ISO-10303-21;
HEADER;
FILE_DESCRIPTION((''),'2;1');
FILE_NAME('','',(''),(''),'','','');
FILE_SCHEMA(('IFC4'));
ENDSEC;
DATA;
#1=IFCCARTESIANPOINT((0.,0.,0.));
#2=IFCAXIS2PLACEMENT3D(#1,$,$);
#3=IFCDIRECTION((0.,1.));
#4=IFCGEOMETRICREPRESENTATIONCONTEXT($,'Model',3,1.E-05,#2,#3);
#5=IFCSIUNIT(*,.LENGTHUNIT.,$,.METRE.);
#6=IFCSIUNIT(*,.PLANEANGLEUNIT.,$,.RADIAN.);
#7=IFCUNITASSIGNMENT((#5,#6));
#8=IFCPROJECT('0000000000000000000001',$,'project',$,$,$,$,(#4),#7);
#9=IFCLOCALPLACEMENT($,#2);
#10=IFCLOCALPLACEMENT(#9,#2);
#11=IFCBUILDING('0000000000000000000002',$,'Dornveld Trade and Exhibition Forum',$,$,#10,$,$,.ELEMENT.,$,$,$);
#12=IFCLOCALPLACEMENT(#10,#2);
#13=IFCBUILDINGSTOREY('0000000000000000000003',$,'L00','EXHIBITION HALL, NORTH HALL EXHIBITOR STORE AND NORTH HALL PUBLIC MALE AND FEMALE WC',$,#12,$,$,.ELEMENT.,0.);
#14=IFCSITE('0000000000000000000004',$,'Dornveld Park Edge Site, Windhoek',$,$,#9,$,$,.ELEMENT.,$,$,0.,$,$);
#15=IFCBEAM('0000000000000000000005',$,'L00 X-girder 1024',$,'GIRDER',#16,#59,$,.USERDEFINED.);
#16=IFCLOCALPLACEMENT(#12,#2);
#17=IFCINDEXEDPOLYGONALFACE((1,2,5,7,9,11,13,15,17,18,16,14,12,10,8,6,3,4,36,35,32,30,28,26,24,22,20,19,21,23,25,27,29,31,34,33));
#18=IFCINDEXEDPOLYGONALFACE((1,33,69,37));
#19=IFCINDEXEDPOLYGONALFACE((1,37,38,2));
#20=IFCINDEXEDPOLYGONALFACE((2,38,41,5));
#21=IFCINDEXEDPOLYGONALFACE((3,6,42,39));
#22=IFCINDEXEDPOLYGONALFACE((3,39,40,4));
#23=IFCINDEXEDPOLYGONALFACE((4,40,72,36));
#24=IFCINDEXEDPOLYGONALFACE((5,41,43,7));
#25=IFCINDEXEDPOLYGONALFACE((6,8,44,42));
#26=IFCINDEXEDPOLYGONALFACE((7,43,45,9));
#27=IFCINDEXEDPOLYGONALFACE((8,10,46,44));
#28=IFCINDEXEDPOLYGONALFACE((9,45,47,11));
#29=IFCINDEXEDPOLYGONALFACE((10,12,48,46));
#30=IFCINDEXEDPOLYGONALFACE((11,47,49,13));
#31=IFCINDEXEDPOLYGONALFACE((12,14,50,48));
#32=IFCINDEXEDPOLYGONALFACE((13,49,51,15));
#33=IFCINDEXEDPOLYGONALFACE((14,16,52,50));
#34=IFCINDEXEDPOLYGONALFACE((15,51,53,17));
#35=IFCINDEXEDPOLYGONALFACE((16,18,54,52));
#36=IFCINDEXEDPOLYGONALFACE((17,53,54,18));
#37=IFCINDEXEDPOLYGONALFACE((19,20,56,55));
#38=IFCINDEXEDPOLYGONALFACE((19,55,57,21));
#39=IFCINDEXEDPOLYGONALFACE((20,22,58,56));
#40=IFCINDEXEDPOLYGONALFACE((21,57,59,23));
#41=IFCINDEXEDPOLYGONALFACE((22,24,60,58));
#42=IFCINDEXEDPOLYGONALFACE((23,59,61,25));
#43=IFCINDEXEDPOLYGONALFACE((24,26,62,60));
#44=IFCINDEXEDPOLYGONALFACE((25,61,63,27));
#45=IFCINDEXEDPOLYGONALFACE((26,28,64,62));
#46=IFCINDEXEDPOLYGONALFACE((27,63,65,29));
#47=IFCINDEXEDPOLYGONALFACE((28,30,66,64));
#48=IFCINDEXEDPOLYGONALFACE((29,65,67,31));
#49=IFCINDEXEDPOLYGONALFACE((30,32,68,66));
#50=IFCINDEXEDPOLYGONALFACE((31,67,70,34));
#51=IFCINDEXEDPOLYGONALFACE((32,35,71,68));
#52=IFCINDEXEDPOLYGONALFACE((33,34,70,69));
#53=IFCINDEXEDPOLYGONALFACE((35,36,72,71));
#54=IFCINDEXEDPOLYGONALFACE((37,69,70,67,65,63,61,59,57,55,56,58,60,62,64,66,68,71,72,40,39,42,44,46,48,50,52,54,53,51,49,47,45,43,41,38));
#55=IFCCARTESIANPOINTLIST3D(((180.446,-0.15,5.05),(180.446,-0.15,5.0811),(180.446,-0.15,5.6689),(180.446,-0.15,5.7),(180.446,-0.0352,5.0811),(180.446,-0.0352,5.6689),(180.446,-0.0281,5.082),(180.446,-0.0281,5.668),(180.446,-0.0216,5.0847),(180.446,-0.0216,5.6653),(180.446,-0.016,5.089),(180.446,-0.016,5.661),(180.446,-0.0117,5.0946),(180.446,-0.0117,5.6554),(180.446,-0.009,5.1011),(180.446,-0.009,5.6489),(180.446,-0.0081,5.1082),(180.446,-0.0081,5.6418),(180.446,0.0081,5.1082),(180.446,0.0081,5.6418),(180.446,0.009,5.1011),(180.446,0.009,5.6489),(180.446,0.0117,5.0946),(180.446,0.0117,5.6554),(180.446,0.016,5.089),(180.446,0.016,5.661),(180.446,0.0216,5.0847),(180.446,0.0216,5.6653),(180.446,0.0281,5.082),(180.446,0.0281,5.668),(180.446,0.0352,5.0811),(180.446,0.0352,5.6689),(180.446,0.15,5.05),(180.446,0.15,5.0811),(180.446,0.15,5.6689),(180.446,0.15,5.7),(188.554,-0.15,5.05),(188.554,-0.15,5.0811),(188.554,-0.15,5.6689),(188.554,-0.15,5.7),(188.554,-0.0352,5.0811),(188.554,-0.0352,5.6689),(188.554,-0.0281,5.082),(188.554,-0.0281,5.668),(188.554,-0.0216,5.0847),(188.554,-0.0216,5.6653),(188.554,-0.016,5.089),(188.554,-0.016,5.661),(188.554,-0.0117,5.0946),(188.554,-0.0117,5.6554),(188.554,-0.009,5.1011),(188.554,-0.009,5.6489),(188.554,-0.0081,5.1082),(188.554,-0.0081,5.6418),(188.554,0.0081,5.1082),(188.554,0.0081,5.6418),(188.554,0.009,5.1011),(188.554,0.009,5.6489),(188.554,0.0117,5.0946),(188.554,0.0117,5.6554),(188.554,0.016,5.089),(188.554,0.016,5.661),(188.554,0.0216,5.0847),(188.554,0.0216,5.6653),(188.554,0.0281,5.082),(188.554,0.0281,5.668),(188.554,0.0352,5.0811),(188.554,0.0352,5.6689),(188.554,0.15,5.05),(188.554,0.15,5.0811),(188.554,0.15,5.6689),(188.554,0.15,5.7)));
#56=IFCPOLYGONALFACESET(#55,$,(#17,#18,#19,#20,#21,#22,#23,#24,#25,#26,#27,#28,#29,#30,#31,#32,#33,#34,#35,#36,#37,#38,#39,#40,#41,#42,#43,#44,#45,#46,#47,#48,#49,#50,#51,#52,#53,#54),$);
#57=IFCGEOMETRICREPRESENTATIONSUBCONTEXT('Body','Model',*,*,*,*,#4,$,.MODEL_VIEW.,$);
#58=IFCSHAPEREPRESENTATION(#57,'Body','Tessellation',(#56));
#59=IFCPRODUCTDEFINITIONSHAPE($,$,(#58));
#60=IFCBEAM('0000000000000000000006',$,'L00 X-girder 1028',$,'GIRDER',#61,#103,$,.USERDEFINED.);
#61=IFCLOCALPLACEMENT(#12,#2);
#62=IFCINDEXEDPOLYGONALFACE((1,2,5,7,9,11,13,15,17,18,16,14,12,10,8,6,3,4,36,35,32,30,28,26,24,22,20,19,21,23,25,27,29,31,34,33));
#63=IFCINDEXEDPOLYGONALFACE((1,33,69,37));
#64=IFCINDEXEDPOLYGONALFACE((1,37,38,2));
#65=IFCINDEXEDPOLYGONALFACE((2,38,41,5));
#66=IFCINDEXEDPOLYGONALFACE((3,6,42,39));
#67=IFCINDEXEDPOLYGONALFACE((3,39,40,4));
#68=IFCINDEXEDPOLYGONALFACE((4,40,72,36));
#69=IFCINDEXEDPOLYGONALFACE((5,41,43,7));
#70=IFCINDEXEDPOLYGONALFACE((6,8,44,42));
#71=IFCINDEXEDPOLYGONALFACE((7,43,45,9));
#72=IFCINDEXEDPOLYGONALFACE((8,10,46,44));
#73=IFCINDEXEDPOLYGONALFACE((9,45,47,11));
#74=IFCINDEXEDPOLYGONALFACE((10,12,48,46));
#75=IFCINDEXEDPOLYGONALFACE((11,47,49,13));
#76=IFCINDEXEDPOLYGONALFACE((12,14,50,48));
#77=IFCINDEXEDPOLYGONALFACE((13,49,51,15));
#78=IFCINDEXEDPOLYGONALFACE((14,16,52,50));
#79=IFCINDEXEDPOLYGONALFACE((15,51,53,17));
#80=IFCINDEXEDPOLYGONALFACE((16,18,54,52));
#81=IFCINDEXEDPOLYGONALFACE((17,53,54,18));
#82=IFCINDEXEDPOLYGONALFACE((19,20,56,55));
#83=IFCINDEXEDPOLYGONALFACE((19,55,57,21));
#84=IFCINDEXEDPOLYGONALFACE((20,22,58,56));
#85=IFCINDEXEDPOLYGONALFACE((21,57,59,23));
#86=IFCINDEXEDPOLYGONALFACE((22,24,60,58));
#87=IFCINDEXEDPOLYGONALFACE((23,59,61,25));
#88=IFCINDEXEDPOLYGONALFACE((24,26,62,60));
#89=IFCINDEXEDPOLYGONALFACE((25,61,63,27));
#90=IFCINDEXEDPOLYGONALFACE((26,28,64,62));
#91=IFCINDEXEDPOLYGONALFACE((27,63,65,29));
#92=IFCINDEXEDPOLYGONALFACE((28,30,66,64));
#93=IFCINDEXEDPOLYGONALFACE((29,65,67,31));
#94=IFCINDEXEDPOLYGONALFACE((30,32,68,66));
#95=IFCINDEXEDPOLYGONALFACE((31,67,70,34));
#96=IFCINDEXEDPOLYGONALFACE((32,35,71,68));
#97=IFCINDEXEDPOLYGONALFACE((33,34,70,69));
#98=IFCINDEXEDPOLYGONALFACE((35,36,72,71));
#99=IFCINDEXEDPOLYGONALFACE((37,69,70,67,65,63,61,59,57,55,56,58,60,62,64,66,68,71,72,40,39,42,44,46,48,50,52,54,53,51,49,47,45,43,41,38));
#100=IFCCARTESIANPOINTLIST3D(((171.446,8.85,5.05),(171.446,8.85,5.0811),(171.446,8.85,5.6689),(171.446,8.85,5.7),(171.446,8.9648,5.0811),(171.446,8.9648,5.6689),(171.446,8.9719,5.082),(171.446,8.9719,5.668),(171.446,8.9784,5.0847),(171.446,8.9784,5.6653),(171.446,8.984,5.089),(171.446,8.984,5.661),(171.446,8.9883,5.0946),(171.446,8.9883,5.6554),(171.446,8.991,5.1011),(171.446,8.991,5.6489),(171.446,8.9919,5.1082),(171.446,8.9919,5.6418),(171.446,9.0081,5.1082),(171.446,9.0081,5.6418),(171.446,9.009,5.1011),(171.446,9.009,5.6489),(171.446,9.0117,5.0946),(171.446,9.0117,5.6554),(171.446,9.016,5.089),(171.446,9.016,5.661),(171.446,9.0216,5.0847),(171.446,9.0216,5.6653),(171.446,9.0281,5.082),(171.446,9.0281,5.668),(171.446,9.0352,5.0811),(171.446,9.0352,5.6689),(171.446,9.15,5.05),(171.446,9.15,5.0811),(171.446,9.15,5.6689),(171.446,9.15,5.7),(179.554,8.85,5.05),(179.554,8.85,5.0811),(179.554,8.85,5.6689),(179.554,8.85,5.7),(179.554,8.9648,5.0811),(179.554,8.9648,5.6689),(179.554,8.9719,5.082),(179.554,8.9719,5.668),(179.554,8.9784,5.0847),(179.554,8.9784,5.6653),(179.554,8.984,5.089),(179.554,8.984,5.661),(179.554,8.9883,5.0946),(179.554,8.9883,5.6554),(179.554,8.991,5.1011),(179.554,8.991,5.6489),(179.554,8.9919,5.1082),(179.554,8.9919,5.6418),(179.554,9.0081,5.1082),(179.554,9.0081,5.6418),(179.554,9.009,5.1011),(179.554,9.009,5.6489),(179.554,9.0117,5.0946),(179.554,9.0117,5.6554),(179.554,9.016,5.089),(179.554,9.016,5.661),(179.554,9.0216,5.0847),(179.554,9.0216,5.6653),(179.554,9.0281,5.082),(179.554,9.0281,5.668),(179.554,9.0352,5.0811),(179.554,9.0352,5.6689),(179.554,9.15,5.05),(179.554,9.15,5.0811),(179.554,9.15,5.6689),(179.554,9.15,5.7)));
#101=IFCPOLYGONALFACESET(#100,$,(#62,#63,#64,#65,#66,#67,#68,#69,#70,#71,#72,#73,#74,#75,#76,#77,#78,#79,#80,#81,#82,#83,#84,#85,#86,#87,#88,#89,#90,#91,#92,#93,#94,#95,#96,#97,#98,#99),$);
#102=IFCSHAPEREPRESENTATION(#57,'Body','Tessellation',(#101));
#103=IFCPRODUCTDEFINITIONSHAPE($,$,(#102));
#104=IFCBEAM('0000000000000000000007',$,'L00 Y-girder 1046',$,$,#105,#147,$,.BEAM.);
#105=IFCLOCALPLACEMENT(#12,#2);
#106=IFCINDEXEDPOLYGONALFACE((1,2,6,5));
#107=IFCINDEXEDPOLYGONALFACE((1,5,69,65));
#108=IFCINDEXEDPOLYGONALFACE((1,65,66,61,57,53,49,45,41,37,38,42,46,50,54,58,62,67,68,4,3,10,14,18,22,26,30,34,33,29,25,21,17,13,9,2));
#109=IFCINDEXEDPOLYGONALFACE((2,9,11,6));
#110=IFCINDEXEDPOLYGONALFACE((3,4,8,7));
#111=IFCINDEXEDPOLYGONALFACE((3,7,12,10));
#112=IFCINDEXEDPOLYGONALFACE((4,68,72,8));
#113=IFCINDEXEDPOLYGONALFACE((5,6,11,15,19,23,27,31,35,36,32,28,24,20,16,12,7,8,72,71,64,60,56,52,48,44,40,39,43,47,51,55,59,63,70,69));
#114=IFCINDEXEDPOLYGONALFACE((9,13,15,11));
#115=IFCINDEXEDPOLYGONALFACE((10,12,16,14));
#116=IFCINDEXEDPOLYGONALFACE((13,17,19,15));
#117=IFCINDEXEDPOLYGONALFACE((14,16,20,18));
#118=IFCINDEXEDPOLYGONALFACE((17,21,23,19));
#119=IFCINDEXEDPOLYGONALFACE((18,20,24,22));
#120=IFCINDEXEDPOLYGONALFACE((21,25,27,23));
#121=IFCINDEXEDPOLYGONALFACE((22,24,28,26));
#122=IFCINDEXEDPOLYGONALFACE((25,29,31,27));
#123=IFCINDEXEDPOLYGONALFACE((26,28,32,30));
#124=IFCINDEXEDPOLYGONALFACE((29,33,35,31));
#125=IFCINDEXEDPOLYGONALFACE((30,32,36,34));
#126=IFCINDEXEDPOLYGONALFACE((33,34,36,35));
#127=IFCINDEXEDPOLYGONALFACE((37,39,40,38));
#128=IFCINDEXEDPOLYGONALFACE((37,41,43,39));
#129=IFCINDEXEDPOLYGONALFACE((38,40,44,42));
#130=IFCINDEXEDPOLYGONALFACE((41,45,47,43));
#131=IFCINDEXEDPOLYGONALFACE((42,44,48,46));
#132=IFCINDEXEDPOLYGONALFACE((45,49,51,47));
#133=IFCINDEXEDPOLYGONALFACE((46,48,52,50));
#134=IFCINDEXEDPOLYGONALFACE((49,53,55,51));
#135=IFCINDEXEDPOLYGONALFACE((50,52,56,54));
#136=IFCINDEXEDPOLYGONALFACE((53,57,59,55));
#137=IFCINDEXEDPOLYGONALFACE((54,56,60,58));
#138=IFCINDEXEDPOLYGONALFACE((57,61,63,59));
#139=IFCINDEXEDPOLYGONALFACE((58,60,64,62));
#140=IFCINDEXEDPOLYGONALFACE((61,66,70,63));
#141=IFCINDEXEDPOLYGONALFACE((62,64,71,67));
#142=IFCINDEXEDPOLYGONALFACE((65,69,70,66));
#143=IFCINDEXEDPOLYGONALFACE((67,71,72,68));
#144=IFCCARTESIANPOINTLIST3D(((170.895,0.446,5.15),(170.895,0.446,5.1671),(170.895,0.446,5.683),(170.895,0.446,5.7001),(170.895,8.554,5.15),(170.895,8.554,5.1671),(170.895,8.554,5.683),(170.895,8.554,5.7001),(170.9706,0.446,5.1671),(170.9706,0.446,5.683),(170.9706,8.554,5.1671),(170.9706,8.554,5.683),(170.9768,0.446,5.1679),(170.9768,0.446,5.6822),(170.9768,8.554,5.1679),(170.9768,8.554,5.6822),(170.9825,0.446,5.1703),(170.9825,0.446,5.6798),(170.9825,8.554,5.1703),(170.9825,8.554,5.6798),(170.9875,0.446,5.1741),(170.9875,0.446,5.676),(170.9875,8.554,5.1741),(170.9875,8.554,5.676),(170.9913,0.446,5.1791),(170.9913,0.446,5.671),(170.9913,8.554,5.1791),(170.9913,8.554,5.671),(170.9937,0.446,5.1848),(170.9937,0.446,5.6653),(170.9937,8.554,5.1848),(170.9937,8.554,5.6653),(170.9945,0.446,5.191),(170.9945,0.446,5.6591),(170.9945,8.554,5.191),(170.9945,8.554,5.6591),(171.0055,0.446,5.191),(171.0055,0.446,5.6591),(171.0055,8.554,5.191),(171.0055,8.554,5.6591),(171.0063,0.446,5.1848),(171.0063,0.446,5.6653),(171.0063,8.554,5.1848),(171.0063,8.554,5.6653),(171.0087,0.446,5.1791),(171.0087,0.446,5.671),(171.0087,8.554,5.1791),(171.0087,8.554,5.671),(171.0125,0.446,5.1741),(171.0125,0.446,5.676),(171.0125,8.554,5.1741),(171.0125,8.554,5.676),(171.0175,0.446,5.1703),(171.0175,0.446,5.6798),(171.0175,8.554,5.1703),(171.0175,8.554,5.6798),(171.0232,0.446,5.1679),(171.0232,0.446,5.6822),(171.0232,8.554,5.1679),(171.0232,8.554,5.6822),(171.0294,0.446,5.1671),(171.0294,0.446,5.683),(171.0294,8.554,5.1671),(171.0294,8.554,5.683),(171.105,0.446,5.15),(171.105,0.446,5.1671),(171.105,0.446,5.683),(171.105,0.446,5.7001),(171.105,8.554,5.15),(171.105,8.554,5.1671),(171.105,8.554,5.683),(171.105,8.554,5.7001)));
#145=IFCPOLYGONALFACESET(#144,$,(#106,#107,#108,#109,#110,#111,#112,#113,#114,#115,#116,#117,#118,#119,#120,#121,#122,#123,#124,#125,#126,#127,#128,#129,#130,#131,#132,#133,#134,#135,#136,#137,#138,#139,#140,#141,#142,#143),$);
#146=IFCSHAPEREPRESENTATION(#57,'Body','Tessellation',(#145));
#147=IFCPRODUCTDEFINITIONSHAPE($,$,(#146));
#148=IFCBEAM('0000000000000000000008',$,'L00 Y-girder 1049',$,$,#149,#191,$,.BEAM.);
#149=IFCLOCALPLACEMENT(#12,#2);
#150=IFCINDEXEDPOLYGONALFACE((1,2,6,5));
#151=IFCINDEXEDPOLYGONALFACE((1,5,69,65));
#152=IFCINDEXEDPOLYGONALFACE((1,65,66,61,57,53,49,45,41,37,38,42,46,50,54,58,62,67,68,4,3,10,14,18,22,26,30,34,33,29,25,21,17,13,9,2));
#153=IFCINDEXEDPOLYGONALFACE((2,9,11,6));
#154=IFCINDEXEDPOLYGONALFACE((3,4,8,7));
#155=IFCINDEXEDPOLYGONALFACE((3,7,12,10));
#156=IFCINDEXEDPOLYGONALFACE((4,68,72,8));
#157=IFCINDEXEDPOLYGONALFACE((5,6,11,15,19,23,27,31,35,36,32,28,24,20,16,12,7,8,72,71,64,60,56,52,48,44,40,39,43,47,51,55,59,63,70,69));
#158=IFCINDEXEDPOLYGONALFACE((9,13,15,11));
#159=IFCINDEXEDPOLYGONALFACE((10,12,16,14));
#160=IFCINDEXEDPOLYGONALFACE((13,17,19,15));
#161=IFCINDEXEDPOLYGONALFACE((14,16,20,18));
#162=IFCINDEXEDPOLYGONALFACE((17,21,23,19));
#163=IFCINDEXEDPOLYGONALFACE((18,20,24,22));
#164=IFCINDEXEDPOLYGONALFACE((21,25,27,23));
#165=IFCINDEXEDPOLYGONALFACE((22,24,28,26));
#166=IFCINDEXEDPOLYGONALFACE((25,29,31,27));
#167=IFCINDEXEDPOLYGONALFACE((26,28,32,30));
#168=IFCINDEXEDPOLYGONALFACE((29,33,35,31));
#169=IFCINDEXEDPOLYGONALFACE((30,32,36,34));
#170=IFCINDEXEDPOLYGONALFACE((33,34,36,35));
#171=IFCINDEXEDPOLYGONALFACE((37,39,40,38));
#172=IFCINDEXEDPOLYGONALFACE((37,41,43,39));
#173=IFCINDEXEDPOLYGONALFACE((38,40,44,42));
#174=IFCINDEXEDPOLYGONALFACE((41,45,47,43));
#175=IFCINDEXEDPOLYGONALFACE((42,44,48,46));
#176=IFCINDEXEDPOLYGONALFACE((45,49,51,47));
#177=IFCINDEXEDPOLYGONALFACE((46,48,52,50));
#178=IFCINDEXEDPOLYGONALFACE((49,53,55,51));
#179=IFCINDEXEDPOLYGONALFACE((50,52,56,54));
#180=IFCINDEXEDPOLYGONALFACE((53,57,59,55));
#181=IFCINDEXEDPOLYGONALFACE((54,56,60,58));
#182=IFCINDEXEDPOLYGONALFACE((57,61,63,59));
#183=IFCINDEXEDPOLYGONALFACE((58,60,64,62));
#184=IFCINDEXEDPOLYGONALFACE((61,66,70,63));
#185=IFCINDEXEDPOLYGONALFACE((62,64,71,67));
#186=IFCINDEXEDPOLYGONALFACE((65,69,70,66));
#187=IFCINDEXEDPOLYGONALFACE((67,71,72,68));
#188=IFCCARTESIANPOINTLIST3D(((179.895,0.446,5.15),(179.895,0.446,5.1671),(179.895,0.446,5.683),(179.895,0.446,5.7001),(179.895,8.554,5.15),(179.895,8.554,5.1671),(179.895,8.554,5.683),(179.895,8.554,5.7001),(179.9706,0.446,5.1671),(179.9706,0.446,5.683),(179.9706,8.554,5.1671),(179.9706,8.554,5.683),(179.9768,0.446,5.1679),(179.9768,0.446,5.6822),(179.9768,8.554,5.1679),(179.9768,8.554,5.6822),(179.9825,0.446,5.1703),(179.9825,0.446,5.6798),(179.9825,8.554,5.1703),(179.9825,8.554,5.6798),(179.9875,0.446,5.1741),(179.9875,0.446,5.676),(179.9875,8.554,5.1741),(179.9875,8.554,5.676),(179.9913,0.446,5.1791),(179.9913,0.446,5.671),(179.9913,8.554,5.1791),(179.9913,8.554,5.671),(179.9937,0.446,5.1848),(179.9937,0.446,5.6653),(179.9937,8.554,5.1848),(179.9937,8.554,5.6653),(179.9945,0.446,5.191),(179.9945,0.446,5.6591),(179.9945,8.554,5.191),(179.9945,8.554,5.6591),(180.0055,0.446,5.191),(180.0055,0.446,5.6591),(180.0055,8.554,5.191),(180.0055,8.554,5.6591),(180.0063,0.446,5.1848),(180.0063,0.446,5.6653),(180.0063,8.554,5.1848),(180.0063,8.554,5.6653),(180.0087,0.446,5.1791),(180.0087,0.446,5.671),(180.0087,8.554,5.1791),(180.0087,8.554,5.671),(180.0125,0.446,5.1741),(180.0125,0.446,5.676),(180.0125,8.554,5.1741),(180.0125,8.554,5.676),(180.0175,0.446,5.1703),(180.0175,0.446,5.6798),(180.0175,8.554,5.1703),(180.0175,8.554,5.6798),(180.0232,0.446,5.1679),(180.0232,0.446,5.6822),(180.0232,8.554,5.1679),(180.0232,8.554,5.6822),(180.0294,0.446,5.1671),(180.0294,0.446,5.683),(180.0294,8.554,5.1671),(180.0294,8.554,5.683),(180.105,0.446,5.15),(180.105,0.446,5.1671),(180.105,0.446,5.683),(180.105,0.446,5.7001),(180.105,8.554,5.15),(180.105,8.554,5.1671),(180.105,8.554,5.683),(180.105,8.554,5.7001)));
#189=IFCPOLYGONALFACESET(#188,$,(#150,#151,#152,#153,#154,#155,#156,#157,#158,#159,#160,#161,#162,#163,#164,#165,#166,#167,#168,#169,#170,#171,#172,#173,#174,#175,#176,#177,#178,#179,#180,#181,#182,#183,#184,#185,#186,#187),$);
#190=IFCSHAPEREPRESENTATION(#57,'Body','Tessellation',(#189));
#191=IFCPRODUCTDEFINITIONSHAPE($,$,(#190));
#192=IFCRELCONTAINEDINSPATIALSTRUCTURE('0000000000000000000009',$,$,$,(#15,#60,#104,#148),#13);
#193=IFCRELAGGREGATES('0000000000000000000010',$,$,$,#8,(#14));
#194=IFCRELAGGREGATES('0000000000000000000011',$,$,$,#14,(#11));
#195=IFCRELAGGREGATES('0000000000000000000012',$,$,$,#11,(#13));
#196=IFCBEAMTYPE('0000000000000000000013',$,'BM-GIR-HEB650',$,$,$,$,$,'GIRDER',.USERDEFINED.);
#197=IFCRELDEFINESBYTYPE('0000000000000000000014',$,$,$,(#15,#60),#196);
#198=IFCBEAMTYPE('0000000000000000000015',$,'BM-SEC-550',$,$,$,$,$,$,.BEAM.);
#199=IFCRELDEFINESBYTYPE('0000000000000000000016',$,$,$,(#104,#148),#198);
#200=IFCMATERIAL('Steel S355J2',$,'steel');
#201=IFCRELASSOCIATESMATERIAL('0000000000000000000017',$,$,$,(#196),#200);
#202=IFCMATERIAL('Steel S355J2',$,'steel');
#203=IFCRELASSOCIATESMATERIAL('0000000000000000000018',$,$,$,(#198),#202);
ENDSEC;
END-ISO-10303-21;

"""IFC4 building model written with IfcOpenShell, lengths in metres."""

from ifc_helpers import new_model, si_unit, direction, frame, origin, origin_2d, place, context, subcontext, project, spatial, i_section, extrude, material, material_profile, profile_set, type_object, element, save


model = new_model("IFC4")

# Units and contexts
model_context = context("Model", 3, precision=1e-05, world=origin(), true_north=direction((0.0, 1.0)))
body_context = subcontext(model_context, "Body", "Model", "MODEL_VIEW")
ifc_project = project(units=[si_unit("LENGTHUNIT", "METRE"), si_unit("PLANEANGLEUNIT", "RADIAN")], contexts=[model_context])

# Site, building, storey
site_placement = place(None, origin())
site = spatial("IfcSite", under=ifc_project, at=site_placement, Name="Dornveld Park Edge Site, Windhoek", CompositionType="ELEMENT", RefElevation=0.0)
building_placement = place(site_placement, origin())
building = spatial("IfcBuilding", under=site, at=building_placement, Name="Dornveld Trade and Exhibition Forum", CompositionType="ELEMENT")
storey_placement = place(building_placement, origin())
storey = spatial("IfcBuildingStorey", under=building, at=storey_placement, Name="L00", Description="EXHIBITION HALL, NORTH HALL EXHIBITOR STORE AND NORTH HALL PUBLIC MALE AND FEMALE WC", CompositionType="ELEMENT", Elevation=0.0)

# Beams
ifc_material_1 = material(Name="Steel S355J2", Category="steel")
ifc_material_profile_1 = material_profile(ifc_material_1, i_section(OverallWidth=0.3, OverallDepth=0.6499, WebThickness=0.0161, FlangeThickness=0.031, FilletRadius=0.0271, at=origin_2d()), Name="HEB 650")
ifc_profile_set_1 = profile_set([ifc_material_profile_1], Name="Steel S355J2")
beam_type_1 = type_object("IfcBeamType", Name="BM-GIR-HEB650", ElementType="GIRDER", PredefinedType="USERDEFINED", material=ifc_profile_set_1)
for number, where, z_axis, x_axis, name in (
    (1, (180.446, 0.0, 5.375), (1.0, 0.0, 0.0), (0.0, 1.0, 0.0), "L00 X-girder 1024"),
    (2, (171.446, 9.0, 5.375), (1.0, 0.0, 0.0), (0.0, 1.0, 0.0), "L00 X-girder 1028"),
):
    element("IfcBeam", number, at=place(storey_placement, frame(where, z_axis=z_axis, x_axis=x_axis)), inside=storey, type_object=beam_type_1, Name=name, ObjectType="GIRDER", PredefinedType="USERDEFINED", context=body_context, shape_type="SweptSolid", body=[
        extrude(i_section(OverallWidth=0.3, OverallDepth=0.6499, WebThickness=0.0161, FlangeThickness=0.031, FilletRadius=0.0271, at=origin_2d()), origin(), (0.0, 0.0, 1.0), 8.1079),
    ])
ifc_material_2 = material(Name="Steel S355J2", Category="steel")
ifc_material_profile_2 = material_profile(ifc_material_2, i_section(OverallWidth=0.21, OverallDepth=0.55, WebThickness=0.011, FlangeThickness=0.0171, FilletRadius=0.0239, at=origin_2d()), Name="IPE 550")
ifc_profile_set_2 = profile_set([ifc_material_profile_2], Name="Steel S355J2")
beam_type_2 = type_object("IfcBeamType", Name="BM-SEC-550", PredefinedType="BEAM", material=ifc_profile_set_2)
for number, where, z_axis, x_axis, name in (
    (3, (171.0, 0.446, 5.425), (0.0, 1.0, 0.0), (-1.0, 0.0, 0.0), "L00 Y-girder 1046"),
    (4, (180.0, 0.446, 5.425), (0.0, 1.0, 0.0), (-1.0, 0.0, 0.0), "L00 Y-girder 1049"),
):
    element("IfcBeam", number, at=place(storey_placement, frame(where, z_axis=z_axis, x_axis=x_axis)), inside=storey, type_object=beam_type_2, Name=name, PredefinedType="BEAM", context=body_context, shape_type="SweptSolid", body=[
        extrude(i_section(OverallWidth=0.21, OverallDepth=0.55, WebThickness=0.011, FlangeThickness=0.0171, FilletRadius=0.0239, at=origin_2d()), origin(), (0.0, 0.0, 1.0), 8.1079),
    ])

save(model, "model.ifc")
